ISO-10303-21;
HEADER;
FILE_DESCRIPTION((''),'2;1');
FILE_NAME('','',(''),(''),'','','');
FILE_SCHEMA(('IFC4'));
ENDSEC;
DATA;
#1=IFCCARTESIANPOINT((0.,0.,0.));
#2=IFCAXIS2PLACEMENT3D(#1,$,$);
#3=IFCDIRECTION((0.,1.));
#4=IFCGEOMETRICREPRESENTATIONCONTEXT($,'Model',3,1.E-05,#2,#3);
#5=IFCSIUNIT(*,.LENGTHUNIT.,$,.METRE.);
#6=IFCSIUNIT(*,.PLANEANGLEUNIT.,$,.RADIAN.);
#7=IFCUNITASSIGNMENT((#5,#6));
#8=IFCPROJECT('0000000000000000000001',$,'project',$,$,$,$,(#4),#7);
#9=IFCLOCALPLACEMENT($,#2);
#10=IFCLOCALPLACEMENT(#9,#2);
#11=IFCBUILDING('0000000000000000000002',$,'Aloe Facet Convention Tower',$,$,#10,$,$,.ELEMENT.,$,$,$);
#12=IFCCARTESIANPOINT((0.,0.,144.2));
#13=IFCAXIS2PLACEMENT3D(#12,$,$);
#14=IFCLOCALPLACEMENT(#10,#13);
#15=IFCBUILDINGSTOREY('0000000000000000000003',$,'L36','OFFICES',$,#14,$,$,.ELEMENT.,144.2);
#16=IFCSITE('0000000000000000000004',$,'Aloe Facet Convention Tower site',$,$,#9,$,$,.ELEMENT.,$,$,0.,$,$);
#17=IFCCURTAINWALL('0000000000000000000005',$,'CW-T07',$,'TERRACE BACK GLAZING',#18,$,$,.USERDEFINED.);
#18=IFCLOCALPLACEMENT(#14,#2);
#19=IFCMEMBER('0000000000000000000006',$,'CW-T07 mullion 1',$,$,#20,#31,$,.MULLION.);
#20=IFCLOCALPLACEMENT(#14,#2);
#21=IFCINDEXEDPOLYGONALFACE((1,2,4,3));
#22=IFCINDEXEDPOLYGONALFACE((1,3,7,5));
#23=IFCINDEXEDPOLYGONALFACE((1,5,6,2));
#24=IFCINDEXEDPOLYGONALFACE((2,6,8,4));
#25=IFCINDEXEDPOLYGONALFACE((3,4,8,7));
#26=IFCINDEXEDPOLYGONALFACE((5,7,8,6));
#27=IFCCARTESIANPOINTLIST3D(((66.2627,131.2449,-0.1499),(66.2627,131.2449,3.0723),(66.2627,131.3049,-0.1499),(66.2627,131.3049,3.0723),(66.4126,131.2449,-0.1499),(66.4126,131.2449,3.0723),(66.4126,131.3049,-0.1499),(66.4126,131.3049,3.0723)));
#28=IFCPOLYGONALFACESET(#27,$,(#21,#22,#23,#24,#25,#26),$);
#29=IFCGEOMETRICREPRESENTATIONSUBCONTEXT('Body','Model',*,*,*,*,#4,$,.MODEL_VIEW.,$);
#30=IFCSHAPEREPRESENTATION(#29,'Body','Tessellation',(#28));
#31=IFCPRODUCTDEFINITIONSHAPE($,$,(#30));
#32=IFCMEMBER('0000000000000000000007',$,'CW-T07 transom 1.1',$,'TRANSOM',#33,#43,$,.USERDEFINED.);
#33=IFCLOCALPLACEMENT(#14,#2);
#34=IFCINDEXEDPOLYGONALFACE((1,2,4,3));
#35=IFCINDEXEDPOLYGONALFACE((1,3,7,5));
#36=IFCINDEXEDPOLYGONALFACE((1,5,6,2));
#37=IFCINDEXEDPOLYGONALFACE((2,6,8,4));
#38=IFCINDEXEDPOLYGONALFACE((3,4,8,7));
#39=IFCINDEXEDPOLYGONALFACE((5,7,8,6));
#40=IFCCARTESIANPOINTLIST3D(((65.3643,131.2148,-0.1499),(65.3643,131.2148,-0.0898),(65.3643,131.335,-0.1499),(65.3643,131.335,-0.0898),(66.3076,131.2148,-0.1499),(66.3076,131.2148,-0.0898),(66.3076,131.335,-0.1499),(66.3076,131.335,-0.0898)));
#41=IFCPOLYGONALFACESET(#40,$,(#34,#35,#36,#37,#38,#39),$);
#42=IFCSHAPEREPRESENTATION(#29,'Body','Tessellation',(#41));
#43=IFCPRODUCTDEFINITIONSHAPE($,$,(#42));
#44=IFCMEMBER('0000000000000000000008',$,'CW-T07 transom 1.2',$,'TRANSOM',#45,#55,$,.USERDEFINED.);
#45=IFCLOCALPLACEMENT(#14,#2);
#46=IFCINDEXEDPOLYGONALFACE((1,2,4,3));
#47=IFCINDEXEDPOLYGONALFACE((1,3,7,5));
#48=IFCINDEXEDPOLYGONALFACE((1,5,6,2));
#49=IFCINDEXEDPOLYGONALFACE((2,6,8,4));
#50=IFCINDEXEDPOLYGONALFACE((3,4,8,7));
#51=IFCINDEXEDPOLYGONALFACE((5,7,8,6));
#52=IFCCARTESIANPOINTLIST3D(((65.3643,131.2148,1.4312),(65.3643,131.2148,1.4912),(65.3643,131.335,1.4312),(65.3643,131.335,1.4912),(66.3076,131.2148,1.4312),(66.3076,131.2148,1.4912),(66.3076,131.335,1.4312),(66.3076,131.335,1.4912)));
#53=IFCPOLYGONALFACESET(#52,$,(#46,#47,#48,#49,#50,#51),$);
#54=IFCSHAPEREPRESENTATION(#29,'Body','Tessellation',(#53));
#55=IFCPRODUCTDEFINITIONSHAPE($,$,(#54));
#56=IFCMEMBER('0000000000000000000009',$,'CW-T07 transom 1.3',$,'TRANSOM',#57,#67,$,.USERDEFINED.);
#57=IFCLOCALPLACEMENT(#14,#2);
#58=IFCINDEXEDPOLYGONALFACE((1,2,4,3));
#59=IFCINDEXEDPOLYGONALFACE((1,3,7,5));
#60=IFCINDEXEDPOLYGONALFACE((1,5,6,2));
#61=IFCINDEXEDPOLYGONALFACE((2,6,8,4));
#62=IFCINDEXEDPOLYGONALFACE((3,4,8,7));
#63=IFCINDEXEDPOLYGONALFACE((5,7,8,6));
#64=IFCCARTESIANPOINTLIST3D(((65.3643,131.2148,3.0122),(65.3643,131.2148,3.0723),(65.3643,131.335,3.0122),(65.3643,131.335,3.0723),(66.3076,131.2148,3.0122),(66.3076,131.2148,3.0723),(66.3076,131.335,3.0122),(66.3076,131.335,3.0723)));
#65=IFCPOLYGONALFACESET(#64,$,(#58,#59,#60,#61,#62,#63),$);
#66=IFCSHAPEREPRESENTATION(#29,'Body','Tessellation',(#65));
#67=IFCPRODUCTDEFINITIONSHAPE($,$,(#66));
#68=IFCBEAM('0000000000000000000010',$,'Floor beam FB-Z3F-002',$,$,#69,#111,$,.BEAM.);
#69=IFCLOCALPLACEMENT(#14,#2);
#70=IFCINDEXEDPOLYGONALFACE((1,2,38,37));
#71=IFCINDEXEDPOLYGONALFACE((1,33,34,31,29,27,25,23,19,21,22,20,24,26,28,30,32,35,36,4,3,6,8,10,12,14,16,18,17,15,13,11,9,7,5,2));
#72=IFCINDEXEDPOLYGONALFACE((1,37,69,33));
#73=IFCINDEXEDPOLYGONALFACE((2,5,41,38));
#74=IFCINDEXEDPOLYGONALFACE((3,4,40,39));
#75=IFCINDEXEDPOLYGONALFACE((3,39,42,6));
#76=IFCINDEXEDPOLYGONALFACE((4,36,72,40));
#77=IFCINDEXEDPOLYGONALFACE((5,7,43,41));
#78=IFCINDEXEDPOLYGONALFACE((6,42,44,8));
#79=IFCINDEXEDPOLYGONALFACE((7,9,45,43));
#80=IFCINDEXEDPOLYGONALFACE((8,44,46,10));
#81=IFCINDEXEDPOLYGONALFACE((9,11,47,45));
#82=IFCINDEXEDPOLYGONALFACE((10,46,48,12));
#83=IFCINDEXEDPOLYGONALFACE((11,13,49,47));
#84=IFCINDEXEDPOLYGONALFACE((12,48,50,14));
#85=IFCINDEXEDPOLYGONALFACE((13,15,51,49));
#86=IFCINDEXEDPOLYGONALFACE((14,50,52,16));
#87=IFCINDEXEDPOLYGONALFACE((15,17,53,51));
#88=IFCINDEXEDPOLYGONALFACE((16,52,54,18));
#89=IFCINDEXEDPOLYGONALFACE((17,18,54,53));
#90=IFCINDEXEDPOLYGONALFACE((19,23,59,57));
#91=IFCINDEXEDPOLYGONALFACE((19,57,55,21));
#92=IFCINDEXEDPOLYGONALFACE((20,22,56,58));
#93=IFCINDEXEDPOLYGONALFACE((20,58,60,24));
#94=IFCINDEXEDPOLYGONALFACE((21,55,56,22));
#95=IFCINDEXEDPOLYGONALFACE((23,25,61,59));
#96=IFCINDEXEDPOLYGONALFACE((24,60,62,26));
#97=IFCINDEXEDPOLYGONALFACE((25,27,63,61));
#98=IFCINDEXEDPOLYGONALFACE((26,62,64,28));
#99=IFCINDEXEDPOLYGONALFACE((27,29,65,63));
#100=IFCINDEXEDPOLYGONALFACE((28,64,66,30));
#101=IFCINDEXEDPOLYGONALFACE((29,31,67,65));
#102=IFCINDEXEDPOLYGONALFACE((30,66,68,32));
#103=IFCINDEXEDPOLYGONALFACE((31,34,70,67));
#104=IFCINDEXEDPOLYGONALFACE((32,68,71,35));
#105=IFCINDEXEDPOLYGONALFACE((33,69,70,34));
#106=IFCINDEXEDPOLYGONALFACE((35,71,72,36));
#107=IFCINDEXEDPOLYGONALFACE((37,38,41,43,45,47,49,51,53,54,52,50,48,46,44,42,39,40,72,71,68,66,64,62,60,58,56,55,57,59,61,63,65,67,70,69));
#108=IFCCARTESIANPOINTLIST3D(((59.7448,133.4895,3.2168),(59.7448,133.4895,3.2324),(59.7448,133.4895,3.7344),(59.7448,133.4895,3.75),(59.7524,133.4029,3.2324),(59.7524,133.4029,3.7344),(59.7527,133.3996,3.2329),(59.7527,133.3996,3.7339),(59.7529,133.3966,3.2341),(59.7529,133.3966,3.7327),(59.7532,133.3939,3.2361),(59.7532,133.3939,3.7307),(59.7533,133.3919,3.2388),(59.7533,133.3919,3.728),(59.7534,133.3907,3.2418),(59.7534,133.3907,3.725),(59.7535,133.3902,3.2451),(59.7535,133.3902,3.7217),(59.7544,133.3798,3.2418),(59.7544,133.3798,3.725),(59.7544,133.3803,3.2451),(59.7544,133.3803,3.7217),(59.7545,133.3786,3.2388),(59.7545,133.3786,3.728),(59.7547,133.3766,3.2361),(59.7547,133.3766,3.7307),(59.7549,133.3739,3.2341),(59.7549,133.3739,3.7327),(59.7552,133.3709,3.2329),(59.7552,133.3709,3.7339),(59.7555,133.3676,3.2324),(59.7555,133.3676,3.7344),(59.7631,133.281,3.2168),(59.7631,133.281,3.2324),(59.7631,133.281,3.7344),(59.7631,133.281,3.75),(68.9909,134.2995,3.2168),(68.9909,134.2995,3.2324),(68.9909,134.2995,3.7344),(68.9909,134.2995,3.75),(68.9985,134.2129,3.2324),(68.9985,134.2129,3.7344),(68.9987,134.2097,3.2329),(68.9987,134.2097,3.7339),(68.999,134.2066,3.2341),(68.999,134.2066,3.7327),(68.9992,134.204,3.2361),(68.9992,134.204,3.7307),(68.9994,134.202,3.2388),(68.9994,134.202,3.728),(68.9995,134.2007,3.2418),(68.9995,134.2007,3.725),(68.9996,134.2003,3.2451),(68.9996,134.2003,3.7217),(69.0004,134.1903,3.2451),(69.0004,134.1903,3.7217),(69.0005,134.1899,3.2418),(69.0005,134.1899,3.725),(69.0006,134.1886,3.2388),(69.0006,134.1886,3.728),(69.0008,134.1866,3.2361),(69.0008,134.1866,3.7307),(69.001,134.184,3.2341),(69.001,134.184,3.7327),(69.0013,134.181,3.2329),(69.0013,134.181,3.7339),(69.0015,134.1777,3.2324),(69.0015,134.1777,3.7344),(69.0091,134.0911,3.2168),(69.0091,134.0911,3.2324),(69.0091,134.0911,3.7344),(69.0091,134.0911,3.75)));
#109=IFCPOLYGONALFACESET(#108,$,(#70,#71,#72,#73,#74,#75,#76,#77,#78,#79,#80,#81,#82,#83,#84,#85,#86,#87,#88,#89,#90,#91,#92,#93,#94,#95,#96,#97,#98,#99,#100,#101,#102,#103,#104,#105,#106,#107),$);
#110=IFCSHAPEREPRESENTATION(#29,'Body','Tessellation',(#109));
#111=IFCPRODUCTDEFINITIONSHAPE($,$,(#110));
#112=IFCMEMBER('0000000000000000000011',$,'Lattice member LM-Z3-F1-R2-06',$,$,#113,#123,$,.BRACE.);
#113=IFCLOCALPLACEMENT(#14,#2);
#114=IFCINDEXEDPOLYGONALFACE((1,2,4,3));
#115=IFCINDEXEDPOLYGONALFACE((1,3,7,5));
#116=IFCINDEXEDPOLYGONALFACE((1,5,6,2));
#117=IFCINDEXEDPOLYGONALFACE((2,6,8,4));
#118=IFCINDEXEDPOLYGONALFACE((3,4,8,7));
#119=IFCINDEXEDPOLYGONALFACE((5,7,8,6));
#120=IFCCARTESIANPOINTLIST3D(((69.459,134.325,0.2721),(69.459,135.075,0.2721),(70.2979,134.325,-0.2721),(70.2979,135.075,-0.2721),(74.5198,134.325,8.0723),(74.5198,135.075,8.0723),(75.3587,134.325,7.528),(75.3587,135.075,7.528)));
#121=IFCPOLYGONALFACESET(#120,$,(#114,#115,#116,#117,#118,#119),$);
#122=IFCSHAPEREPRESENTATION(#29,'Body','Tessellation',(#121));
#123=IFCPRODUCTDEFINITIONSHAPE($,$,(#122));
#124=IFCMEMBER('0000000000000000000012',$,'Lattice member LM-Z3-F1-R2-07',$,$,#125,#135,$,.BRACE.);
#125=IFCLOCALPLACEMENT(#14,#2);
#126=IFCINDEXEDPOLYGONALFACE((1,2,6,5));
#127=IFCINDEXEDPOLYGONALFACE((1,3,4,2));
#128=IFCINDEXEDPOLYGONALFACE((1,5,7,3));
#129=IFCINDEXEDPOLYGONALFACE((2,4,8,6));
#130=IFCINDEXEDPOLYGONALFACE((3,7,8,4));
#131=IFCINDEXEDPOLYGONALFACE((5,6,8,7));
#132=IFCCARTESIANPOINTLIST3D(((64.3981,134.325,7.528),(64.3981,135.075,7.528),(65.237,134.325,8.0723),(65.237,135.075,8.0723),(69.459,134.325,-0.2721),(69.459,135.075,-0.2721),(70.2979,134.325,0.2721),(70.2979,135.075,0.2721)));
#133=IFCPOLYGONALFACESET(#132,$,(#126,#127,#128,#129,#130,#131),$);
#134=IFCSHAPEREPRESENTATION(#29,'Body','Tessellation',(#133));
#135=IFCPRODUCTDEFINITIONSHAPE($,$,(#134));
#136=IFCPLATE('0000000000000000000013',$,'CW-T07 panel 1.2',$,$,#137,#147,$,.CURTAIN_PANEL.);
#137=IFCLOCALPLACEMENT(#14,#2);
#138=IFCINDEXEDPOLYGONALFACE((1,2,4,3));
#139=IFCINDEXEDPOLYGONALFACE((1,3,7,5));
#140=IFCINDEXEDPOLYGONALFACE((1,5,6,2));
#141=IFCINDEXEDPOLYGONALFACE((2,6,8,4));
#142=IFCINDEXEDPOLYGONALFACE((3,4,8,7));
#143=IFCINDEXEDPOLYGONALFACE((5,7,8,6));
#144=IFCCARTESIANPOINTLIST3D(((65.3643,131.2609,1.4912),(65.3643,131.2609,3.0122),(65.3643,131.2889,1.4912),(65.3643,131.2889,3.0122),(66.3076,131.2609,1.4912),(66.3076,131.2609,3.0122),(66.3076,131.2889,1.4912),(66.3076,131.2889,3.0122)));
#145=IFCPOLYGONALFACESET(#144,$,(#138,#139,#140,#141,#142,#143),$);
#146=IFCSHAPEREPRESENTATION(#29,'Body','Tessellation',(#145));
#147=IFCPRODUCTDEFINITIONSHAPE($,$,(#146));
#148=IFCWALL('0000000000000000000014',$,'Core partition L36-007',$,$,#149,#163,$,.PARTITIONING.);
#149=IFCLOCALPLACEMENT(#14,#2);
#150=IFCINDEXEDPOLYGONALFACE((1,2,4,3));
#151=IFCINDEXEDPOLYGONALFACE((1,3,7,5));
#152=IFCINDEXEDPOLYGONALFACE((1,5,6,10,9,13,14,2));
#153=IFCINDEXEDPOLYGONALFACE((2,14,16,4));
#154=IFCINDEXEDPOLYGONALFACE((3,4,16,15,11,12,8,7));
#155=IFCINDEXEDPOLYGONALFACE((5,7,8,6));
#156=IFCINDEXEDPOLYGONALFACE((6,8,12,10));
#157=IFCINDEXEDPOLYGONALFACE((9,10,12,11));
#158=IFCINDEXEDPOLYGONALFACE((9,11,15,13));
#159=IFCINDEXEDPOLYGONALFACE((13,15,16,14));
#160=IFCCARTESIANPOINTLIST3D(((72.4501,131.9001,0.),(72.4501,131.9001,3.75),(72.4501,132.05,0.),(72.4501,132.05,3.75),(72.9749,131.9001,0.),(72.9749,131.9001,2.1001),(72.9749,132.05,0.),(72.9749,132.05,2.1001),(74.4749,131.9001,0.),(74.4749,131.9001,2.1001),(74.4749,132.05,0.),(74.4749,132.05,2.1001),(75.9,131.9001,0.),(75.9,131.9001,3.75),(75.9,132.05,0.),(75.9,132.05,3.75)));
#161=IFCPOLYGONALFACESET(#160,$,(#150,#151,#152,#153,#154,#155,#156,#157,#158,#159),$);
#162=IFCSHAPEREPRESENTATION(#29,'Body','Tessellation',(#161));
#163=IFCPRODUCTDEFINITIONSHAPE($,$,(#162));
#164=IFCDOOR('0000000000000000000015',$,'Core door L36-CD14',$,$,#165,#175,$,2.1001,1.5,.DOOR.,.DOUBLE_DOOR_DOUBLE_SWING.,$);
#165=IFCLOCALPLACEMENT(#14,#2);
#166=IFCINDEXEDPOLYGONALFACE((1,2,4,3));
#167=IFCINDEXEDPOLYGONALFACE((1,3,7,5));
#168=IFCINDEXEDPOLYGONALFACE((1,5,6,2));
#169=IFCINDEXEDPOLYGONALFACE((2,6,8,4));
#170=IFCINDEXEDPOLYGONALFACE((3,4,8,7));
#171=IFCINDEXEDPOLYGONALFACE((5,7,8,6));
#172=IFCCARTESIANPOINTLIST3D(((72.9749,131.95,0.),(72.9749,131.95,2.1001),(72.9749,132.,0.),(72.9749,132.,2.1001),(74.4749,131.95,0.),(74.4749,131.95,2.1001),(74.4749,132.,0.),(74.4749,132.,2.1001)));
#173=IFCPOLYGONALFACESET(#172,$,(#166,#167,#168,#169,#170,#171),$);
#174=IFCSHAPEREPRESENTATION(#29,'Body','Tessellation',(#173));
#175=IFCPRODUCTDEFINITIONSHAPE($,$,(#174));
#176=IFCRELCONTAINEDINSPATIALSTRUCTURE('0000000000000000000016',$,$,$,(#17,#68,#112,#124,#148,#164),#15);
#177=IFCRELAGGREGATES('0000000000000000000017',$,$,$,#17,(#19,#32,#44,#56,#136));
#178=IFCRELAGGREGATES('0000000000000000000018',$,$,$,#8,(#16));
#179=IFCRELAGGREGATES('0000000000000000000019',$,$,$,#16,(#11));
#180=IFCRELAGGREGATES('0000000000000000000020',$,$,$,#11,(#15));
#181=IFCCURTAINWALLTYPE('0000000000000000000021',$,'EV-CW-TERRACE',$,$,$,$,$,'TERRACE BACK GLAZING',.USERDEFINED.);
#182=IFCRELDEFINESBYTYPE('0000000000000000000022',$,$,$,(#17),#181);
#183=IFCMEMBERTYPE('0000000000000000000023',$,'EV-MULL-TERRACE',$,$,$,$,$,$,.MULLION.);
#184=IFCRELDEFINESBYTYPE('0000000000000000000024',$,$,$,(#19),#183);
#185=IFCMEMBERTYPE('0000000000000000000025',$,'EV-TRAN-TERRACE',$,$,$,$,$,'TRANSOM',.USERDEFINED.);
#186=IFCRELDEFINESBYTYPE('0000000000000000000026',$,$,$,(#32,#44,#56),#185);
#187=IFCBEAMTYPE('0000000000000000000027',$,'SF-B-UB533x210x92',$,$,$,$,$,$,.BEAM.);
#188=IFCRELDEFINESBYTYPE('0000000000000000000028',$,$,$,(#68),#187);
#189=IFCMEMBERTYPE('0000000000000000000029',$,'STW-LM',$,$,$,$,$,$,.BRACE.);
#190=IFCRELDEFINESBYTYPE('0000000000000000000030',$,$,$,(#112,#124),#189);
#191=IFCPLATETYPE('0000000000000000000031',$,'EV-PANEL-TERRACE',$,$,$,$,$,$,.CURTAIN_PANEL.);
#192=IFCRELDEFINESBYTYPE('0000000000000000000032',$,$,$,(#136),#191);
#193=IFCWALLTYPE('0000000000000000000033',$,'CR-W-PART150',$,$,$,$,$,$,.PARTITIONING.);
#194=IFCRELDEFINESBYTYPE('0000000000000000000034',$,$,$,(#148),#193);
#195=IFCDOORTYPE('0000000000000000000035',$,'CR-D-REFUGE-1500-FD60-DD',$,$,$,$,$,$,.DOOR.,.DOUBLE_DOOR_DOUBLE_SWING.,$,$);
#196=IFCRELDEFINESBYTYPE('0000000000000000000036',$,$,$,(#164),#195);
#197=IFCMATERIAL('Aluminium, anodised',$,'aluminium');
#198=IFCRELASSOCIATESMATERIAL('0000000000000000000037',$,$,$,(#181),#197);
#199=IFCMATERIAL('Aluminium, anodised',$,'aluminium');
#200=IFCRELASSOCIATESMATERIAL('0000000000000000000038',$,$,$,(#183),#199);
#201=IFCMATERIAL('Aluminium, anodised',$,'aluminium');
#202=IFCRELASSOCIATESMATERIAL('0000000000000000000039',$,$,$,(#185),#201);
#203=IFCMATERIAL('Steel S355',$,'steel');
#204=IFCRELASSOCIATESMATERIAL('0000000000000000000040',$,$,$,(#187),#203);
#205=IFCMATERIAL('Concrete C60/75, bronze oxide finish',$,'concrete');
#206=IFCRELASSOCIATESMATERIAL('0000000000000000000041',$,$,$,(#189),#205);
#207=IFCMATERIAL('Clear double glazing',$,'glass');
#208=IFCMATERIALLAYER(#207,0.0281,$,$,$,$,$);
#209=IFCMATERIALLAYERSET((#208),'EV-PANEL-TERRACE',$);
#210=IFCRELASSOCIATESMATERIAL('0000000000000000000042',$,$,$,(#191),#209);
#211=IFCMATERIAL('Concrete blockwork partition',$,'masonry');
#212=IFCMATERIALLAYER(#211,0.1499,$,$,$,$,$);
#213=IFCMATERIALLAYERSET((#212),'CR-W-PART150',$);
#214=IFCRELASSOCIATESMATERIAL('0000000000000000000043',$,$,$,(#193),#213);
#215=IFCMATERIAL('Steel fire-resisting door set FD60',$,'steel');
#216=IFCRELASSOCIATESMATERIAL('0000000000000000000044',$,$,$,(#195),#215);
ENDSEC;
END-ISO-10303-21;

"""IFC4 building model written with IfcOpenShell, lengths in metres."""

from ifc_helpers import new_model, si_unit, direction, frame, frame_2d, origin, origin_2d, place, context, subcontext, project, spatial, rectangle, i_section, extrude, material, layer, layer_set, material_profile, profile_set, type_object, element, fill, aggregate, save


model = new_model("IFC4")

# Units and contexts
model_context = context("Model", 3, precision=1e-05, world=origin(), true_north=direction((0.0, 1.0)))
body_context = subcontext(model_context, "Body", "Model", "MODEL_VIEW")
ifc_project = project(units=[si_unit("LENGTHUNIT", "METRE"), si_unit("PLANEANGLEUNIT", "RADIAN")], contexts=[model_context])

# Site, building, storey
site_placement = place(None, origin())
site = spatial("IfcSite", under=ifc_project, at=site_placement, Name="Aloe Facet Convention Tower site", CompositionType="ELEMENT", RefElevation=0.0)
building_placement = place(site_placement, origin())
building = spatial("IfcBuilding", under=site, at=building_placement, Name="Aloe Facet Convention Tower", CompositionType="ELEMENT")
storey_placement = place(building_placement, frame((0.0, 0.0, 144.2)))
storey = spatial("IfcBuildingStorey", under=building, at=storey_placement, Name="L36", Description="OFFICES", CompositionType="ELEMENT", Elevation=144.2)

# Curtain wall, members
ifc_material_1 = material(Name="Aluminium, anodised", Category="aluminium")
curtain_wall_type = type_object("IfcCurtainWallType", Name="EV-CW-TERRACE", ElementType="TERRACE BACK GLAZING", PredefinedType="USERDEFINED", material=ifc_material_1)
curtain_wall_placement = place(storey_placement, origin())
curtain_wall = element("IfcCurtainWall", 1, at=curtain_wall_placement, inside=storey, type_object=curtain_wall_type, Name="CW-T07", ObjectType="TERRACE BACK GLAZING", PredefinedType="USERDEFINED")
ifc_material_2 = material(Name="Aluminium, anodised", Category="aluminium")
ifc_material_profile_1 = material_profile(ifc_material_2, rectangle(XDim=0.0601, YDim=0.1499, at=origin_2d()), Name="AL 60x150")
ifc_profile_set_1 = profile_set([ifc_material_profile_1], Name="Aluminium, anodised")
member_type_1 = type_object("IfcMemberType", Name="EV-MULL-TERRACE", PredefinedType="MULLION", material=ifc_profile_set_1)
member_1_placement = place(storey_placement, frame((66.3376, 131.2749, -0.1499), z_axis=(0.0, 0.0, 1.0), x_axis=(0.0, -1.0, 0.0)))
member_1 = element("IfcMember", 2, at=member_1_placement, type_object=member_type_1, Name="CW-T07 mullion 1", PredefinedType="MULLION", context=body_context, shape_type="SweptSolid", body=[
    extrude(rectangle(XDim=0.0601, YDim=0.1499, at=origin_2d()), origin(), (0.0, 0.0, 1.0), 3.2222),
])
ifc_material_3 = material(Name="Aluminium, anodised", Category="aluminium")
ifc_material_profile_2 = material_profile(ifc_material_3, rectangle(XDim=0.1201, YDim=0.0601, at=origin_2d()), Name="AL 120x60")
ifc_profile_set_2 = profile_set([ifc_material_profile_2], Name="Aluminium, anodised")
member_type_2 = type_object("IfcMemberType", Name="EV-TRAN-TERRACE", ElementType="TRANSOM", PredefinedType="USERDEFINED", material=ifc_profile_set_2)
member_2_placement = place(storey_placement, frame((66.3076, 131.2749, -0.1199), z_axis=(-1.0, 0.0, 0.0), x_axis=(0.0, -1.0, 0.0)))
member_2 = element("IfcMember", 3, at=member_2_placement, type_object=member_type_2, Name="CW-T07 transom 1.1", ObjectType="TRANSOM", PredefinedType="USERDEFINED", context=body_context, shape_type="SweptSolid", body=[
    extrude(rectangle(XDim=0.1201, YDim=0.0601, at=origin_2d()), origin(), (0.0, 0.0, 1.0), 0.9434),
])
member_3_placement = place(storey_placement, frame((66.3076, 131.2749, 1.4612), z_axis=(-1.0, 0.0, 0.0), x_axis=(0.0, -1.0, 0.0)))
member_3 = element("IfcMember", 4, at=member_3_placement, type_object=member_type_2, Name="CW-T07 transom 1.2", ObjectType="TRANSOM", PredefinedType="USERDEFINED", context=body_context, shape_type="SweptSolid", body=[
    extrude(rectangle(XDim=0.1201, YDim=0.0601, at=origin_2d()), origin(), (0.0, 0.0, 1.0), 0.9434),
])
member_4_placement = place(storey_placement, frame((66.3076, 131.2749, 3.0422), z_axis=(-1.0, 0.0, 0.0), x_axis=(0.0, -1.0, 0.0)))
member_4 = element("IfcMember", 5, at=member_4_placement, type_object=member_type_2, Name="CW-T07 transom 1.3", ObjectType="TRANSOM", PredefinedType="USERDEFINED", context=body_context, shape_type="SweptSolid", body=[
    extrude(rectangle(XDim=0.1201, YDim=0.0601, at=origin_2d()), origin(), (0.0, 0.0, 1.0), 0.9434),
])

# Beam
ifc_material_4 = material(Name="Steel S355", Category="steel")
ifc_material_profile_3 = material_profile(ifc_material_4, i_section(OverallWidth=0.2092, OverallDepth=0.5332, WebThickness=0.01, FlangeThickness=0.0156, FilletRadius=0.0127, at=origin_2d()), Name="UB 533x210x92")
ifc_profile_set_3 = profile_set([ifc_material_profile_3], Name="Steel S355")
beam_type = type_object("IfcBeamType", Name="SF-B-UB533x210x92", PredefinedType="BEAM", material=ifc_profile_set_3)
beam_placement = place(storey_placement, frame((69.0, 134.1953, 3.4834), z_axis=(-0.996184, -0.087277, 0.0), x_axis=(0.087277, -0.996184, 0.0)))
element("IfcBeam", 6, at=beam_placement, inside=storey, type_object=beam_type, Name="Floor beam FB-Z3F-002", PredefinedType="BEAM", context=body_context, shape_type="SweptSolid", body=[
    extrude(i_section(OverallWidth=0.2092, OverallDepth=0.5332, WebThickness=0.01, FlangeThickness=0.0156, FilletRadius=0.0127, at=origin_2d()), origin(), (0.0, 0.0, 1.0), 9.2815),
])

# Members
ifc_material_5 = material(Name="Concrete C60/75, bronze oxide finish", Category="concrete")
ifc_material_profile_4 = material_profile(ifc_material_5, rectangle(XDim=0.75, YDim=1.0, at=origin_2d()), Name="STW-LM")
ifc_profile_set_4 = profile_set([ifc_material_profile_4], Name="Concrete C60/75, bronze oxide finish")
member_type_3 = type_object("IfcMemberType", Name="STW-LM", PredefinedType="BRACE", material=ifc_profile_set_4)
for number, where, z_axis, x_axis, name in (
    (7, (69.8784, 134.7, 0.0), (0.54429, 0.0, 0.838897), (0.0, 1.0, 0.0), "Lattice member LM-Z3-F1-R2-06"),
    (8, (69.8784, 134.7, 0.0), (-0.54429, 0.0, 0.838897), (0.0, -1.0, 0.0), "Lattice member LM-Z3-F1-R2-07"),
):
    element("IfcMember", number, at=place(storey_placement, frame(where, z_axis=z_axis, x_axis=x_axis)), inside=storey, type_object=member_type_3, Name=name, PredefinedType="BRACE", context=body_context, shape_type="SweptSolid", body=[
        extrude(rectangle(XDim=0.75, YDim=1.0, at=origin_2d()), origin(), (0.0, 0.0, 1.0), 9.2981),
    ])

# Plate
ifc_material_6 = material(Name="Clear double glazing", Category="glass")
ifc_layer_1 = layer(ifc_material_6, 0.0281)
ifc_layer_set_1 = layer_set([ifc_layer_1], Name="EV-PANEL-TERRACE")
plate_type = type_object("IfcPlateType", Name="EV-PANEL-TERRACE", PredefinedType="CURTAIN_PANEL", material=ifc_layer_set_1)
plate_placement = place(storey_placement, frame((65.8359, 131.2749, 1.4912), z_axis=(0.0, 0.0, 1.0), x_axis=(-1.0, 0.0, 0.0)))
plate = element("IfcPlate", 9, at=plate_placement, type_object=plate_type, Name="CW-T07 panel 1.2", PredefinedType="CURTAIN_PANEL", context=body_context, shape_type="SweptSolid", body=[
    extrude(rectangle(XDim=0.9434, YDim=0.0281, at=origin_2d()), origin(), (0.0, 0.0, 1.0), 1.521),
])
aggregate(curtain_wall, [member_1, member_2, member_3, member_4, plate])

# Wall, opening, door
ifc_material_7 = material(Name="Concrete blockwork partition", Category="masonry")
ifc_layer_2 = layer(ifc_material_7, 0.1499)
ifc_layer_set_2 = layer_set([ifc_layer_2], Name="CR-W-PART150")
wall_type_1 = type_object("IfcWallType", Name="CR-W-PART150", PredefinedType="PARTITIONING", material=ifc_layer_set_2)
wall_1_placement = place(storey_placement, frame((72.45, 131.9751, 0.0), z_axis=(0.0, 0.0, 1.0), x_axis=(1.0, 0.0, 0.0)))
wall_1 = element("IfcWall", 10, at=wall_1_placement, inside=storey, type_object=wall_type_1, Name="Core partition L36-007", PredefinedType="PARTITIONING", context=body_context, shape_type="SweptSolid", body=[
    extrude(rectangle(XDim=3.45, YDim=0.1499, at=frame_2d((1.7251, 0.0))), origin(), (0.0, 0.0, 1.0), 3.75),
])
opening_1_placement = place(wall_1_placement, frame((0.5249, 0.0, 0.0)))
opening_1 = element("IfcOpeningElement", 11, at=opening_1_placement, cuts=wall_1, PredefinedType="OPENING", context=body_context, shape_type="SweptSolid", body=[
    extrude(rectangle(XDim=1.5, YDim=2.1001, at=frame_2d((0.75, 1.05))), frame((0.0, 0.085, 0.0), z_axis=(0.0, -1.0, 0.0), x_axis=(1.0, 0.0, 0.0)), (0.0, 0.0, 1.0), 0.1699),
])
ifc_material_8 = material(Name="Steel fire-resisting door set FD60", Category="steel")
door_type_1 = type_object("IfcDoorType", Name="CR-D-REFUGE-1500-FD60-DD", OperationType="DOUBLE_DOOR_DOUBLE_SWING", PredefinedType="DOOR", material=ifc_material_8)
door_1_placement = place(opening_1_placement, origin())
door_1 = element("IfcDoor", 12, at=door_1_placement, inside=storey, type_object=door_type_1, Name="Core door L36-CD14", OperationType="DOUBLE_DOOR_DOUBLE_SWING", OverallHeight=2.1001, OverallWidth=1.5, PredefinedType="DOOR", context=body_context, shape_type="SweptSolid", body=[
    extrude(rectangle(XDim=1.5, YDim=2.1001, at=frame_2d((0.75, 1.05))), frame((0.0, 0.0249, 0.0), z_axis=(0.0, -1.0, 0.0), x_axis=(1.0, 0.0, 0.0)), (0.0, 0.0, 1.0), 0.05),
])
fill(opening_1, door_1)

save(model, "model.ifc")
